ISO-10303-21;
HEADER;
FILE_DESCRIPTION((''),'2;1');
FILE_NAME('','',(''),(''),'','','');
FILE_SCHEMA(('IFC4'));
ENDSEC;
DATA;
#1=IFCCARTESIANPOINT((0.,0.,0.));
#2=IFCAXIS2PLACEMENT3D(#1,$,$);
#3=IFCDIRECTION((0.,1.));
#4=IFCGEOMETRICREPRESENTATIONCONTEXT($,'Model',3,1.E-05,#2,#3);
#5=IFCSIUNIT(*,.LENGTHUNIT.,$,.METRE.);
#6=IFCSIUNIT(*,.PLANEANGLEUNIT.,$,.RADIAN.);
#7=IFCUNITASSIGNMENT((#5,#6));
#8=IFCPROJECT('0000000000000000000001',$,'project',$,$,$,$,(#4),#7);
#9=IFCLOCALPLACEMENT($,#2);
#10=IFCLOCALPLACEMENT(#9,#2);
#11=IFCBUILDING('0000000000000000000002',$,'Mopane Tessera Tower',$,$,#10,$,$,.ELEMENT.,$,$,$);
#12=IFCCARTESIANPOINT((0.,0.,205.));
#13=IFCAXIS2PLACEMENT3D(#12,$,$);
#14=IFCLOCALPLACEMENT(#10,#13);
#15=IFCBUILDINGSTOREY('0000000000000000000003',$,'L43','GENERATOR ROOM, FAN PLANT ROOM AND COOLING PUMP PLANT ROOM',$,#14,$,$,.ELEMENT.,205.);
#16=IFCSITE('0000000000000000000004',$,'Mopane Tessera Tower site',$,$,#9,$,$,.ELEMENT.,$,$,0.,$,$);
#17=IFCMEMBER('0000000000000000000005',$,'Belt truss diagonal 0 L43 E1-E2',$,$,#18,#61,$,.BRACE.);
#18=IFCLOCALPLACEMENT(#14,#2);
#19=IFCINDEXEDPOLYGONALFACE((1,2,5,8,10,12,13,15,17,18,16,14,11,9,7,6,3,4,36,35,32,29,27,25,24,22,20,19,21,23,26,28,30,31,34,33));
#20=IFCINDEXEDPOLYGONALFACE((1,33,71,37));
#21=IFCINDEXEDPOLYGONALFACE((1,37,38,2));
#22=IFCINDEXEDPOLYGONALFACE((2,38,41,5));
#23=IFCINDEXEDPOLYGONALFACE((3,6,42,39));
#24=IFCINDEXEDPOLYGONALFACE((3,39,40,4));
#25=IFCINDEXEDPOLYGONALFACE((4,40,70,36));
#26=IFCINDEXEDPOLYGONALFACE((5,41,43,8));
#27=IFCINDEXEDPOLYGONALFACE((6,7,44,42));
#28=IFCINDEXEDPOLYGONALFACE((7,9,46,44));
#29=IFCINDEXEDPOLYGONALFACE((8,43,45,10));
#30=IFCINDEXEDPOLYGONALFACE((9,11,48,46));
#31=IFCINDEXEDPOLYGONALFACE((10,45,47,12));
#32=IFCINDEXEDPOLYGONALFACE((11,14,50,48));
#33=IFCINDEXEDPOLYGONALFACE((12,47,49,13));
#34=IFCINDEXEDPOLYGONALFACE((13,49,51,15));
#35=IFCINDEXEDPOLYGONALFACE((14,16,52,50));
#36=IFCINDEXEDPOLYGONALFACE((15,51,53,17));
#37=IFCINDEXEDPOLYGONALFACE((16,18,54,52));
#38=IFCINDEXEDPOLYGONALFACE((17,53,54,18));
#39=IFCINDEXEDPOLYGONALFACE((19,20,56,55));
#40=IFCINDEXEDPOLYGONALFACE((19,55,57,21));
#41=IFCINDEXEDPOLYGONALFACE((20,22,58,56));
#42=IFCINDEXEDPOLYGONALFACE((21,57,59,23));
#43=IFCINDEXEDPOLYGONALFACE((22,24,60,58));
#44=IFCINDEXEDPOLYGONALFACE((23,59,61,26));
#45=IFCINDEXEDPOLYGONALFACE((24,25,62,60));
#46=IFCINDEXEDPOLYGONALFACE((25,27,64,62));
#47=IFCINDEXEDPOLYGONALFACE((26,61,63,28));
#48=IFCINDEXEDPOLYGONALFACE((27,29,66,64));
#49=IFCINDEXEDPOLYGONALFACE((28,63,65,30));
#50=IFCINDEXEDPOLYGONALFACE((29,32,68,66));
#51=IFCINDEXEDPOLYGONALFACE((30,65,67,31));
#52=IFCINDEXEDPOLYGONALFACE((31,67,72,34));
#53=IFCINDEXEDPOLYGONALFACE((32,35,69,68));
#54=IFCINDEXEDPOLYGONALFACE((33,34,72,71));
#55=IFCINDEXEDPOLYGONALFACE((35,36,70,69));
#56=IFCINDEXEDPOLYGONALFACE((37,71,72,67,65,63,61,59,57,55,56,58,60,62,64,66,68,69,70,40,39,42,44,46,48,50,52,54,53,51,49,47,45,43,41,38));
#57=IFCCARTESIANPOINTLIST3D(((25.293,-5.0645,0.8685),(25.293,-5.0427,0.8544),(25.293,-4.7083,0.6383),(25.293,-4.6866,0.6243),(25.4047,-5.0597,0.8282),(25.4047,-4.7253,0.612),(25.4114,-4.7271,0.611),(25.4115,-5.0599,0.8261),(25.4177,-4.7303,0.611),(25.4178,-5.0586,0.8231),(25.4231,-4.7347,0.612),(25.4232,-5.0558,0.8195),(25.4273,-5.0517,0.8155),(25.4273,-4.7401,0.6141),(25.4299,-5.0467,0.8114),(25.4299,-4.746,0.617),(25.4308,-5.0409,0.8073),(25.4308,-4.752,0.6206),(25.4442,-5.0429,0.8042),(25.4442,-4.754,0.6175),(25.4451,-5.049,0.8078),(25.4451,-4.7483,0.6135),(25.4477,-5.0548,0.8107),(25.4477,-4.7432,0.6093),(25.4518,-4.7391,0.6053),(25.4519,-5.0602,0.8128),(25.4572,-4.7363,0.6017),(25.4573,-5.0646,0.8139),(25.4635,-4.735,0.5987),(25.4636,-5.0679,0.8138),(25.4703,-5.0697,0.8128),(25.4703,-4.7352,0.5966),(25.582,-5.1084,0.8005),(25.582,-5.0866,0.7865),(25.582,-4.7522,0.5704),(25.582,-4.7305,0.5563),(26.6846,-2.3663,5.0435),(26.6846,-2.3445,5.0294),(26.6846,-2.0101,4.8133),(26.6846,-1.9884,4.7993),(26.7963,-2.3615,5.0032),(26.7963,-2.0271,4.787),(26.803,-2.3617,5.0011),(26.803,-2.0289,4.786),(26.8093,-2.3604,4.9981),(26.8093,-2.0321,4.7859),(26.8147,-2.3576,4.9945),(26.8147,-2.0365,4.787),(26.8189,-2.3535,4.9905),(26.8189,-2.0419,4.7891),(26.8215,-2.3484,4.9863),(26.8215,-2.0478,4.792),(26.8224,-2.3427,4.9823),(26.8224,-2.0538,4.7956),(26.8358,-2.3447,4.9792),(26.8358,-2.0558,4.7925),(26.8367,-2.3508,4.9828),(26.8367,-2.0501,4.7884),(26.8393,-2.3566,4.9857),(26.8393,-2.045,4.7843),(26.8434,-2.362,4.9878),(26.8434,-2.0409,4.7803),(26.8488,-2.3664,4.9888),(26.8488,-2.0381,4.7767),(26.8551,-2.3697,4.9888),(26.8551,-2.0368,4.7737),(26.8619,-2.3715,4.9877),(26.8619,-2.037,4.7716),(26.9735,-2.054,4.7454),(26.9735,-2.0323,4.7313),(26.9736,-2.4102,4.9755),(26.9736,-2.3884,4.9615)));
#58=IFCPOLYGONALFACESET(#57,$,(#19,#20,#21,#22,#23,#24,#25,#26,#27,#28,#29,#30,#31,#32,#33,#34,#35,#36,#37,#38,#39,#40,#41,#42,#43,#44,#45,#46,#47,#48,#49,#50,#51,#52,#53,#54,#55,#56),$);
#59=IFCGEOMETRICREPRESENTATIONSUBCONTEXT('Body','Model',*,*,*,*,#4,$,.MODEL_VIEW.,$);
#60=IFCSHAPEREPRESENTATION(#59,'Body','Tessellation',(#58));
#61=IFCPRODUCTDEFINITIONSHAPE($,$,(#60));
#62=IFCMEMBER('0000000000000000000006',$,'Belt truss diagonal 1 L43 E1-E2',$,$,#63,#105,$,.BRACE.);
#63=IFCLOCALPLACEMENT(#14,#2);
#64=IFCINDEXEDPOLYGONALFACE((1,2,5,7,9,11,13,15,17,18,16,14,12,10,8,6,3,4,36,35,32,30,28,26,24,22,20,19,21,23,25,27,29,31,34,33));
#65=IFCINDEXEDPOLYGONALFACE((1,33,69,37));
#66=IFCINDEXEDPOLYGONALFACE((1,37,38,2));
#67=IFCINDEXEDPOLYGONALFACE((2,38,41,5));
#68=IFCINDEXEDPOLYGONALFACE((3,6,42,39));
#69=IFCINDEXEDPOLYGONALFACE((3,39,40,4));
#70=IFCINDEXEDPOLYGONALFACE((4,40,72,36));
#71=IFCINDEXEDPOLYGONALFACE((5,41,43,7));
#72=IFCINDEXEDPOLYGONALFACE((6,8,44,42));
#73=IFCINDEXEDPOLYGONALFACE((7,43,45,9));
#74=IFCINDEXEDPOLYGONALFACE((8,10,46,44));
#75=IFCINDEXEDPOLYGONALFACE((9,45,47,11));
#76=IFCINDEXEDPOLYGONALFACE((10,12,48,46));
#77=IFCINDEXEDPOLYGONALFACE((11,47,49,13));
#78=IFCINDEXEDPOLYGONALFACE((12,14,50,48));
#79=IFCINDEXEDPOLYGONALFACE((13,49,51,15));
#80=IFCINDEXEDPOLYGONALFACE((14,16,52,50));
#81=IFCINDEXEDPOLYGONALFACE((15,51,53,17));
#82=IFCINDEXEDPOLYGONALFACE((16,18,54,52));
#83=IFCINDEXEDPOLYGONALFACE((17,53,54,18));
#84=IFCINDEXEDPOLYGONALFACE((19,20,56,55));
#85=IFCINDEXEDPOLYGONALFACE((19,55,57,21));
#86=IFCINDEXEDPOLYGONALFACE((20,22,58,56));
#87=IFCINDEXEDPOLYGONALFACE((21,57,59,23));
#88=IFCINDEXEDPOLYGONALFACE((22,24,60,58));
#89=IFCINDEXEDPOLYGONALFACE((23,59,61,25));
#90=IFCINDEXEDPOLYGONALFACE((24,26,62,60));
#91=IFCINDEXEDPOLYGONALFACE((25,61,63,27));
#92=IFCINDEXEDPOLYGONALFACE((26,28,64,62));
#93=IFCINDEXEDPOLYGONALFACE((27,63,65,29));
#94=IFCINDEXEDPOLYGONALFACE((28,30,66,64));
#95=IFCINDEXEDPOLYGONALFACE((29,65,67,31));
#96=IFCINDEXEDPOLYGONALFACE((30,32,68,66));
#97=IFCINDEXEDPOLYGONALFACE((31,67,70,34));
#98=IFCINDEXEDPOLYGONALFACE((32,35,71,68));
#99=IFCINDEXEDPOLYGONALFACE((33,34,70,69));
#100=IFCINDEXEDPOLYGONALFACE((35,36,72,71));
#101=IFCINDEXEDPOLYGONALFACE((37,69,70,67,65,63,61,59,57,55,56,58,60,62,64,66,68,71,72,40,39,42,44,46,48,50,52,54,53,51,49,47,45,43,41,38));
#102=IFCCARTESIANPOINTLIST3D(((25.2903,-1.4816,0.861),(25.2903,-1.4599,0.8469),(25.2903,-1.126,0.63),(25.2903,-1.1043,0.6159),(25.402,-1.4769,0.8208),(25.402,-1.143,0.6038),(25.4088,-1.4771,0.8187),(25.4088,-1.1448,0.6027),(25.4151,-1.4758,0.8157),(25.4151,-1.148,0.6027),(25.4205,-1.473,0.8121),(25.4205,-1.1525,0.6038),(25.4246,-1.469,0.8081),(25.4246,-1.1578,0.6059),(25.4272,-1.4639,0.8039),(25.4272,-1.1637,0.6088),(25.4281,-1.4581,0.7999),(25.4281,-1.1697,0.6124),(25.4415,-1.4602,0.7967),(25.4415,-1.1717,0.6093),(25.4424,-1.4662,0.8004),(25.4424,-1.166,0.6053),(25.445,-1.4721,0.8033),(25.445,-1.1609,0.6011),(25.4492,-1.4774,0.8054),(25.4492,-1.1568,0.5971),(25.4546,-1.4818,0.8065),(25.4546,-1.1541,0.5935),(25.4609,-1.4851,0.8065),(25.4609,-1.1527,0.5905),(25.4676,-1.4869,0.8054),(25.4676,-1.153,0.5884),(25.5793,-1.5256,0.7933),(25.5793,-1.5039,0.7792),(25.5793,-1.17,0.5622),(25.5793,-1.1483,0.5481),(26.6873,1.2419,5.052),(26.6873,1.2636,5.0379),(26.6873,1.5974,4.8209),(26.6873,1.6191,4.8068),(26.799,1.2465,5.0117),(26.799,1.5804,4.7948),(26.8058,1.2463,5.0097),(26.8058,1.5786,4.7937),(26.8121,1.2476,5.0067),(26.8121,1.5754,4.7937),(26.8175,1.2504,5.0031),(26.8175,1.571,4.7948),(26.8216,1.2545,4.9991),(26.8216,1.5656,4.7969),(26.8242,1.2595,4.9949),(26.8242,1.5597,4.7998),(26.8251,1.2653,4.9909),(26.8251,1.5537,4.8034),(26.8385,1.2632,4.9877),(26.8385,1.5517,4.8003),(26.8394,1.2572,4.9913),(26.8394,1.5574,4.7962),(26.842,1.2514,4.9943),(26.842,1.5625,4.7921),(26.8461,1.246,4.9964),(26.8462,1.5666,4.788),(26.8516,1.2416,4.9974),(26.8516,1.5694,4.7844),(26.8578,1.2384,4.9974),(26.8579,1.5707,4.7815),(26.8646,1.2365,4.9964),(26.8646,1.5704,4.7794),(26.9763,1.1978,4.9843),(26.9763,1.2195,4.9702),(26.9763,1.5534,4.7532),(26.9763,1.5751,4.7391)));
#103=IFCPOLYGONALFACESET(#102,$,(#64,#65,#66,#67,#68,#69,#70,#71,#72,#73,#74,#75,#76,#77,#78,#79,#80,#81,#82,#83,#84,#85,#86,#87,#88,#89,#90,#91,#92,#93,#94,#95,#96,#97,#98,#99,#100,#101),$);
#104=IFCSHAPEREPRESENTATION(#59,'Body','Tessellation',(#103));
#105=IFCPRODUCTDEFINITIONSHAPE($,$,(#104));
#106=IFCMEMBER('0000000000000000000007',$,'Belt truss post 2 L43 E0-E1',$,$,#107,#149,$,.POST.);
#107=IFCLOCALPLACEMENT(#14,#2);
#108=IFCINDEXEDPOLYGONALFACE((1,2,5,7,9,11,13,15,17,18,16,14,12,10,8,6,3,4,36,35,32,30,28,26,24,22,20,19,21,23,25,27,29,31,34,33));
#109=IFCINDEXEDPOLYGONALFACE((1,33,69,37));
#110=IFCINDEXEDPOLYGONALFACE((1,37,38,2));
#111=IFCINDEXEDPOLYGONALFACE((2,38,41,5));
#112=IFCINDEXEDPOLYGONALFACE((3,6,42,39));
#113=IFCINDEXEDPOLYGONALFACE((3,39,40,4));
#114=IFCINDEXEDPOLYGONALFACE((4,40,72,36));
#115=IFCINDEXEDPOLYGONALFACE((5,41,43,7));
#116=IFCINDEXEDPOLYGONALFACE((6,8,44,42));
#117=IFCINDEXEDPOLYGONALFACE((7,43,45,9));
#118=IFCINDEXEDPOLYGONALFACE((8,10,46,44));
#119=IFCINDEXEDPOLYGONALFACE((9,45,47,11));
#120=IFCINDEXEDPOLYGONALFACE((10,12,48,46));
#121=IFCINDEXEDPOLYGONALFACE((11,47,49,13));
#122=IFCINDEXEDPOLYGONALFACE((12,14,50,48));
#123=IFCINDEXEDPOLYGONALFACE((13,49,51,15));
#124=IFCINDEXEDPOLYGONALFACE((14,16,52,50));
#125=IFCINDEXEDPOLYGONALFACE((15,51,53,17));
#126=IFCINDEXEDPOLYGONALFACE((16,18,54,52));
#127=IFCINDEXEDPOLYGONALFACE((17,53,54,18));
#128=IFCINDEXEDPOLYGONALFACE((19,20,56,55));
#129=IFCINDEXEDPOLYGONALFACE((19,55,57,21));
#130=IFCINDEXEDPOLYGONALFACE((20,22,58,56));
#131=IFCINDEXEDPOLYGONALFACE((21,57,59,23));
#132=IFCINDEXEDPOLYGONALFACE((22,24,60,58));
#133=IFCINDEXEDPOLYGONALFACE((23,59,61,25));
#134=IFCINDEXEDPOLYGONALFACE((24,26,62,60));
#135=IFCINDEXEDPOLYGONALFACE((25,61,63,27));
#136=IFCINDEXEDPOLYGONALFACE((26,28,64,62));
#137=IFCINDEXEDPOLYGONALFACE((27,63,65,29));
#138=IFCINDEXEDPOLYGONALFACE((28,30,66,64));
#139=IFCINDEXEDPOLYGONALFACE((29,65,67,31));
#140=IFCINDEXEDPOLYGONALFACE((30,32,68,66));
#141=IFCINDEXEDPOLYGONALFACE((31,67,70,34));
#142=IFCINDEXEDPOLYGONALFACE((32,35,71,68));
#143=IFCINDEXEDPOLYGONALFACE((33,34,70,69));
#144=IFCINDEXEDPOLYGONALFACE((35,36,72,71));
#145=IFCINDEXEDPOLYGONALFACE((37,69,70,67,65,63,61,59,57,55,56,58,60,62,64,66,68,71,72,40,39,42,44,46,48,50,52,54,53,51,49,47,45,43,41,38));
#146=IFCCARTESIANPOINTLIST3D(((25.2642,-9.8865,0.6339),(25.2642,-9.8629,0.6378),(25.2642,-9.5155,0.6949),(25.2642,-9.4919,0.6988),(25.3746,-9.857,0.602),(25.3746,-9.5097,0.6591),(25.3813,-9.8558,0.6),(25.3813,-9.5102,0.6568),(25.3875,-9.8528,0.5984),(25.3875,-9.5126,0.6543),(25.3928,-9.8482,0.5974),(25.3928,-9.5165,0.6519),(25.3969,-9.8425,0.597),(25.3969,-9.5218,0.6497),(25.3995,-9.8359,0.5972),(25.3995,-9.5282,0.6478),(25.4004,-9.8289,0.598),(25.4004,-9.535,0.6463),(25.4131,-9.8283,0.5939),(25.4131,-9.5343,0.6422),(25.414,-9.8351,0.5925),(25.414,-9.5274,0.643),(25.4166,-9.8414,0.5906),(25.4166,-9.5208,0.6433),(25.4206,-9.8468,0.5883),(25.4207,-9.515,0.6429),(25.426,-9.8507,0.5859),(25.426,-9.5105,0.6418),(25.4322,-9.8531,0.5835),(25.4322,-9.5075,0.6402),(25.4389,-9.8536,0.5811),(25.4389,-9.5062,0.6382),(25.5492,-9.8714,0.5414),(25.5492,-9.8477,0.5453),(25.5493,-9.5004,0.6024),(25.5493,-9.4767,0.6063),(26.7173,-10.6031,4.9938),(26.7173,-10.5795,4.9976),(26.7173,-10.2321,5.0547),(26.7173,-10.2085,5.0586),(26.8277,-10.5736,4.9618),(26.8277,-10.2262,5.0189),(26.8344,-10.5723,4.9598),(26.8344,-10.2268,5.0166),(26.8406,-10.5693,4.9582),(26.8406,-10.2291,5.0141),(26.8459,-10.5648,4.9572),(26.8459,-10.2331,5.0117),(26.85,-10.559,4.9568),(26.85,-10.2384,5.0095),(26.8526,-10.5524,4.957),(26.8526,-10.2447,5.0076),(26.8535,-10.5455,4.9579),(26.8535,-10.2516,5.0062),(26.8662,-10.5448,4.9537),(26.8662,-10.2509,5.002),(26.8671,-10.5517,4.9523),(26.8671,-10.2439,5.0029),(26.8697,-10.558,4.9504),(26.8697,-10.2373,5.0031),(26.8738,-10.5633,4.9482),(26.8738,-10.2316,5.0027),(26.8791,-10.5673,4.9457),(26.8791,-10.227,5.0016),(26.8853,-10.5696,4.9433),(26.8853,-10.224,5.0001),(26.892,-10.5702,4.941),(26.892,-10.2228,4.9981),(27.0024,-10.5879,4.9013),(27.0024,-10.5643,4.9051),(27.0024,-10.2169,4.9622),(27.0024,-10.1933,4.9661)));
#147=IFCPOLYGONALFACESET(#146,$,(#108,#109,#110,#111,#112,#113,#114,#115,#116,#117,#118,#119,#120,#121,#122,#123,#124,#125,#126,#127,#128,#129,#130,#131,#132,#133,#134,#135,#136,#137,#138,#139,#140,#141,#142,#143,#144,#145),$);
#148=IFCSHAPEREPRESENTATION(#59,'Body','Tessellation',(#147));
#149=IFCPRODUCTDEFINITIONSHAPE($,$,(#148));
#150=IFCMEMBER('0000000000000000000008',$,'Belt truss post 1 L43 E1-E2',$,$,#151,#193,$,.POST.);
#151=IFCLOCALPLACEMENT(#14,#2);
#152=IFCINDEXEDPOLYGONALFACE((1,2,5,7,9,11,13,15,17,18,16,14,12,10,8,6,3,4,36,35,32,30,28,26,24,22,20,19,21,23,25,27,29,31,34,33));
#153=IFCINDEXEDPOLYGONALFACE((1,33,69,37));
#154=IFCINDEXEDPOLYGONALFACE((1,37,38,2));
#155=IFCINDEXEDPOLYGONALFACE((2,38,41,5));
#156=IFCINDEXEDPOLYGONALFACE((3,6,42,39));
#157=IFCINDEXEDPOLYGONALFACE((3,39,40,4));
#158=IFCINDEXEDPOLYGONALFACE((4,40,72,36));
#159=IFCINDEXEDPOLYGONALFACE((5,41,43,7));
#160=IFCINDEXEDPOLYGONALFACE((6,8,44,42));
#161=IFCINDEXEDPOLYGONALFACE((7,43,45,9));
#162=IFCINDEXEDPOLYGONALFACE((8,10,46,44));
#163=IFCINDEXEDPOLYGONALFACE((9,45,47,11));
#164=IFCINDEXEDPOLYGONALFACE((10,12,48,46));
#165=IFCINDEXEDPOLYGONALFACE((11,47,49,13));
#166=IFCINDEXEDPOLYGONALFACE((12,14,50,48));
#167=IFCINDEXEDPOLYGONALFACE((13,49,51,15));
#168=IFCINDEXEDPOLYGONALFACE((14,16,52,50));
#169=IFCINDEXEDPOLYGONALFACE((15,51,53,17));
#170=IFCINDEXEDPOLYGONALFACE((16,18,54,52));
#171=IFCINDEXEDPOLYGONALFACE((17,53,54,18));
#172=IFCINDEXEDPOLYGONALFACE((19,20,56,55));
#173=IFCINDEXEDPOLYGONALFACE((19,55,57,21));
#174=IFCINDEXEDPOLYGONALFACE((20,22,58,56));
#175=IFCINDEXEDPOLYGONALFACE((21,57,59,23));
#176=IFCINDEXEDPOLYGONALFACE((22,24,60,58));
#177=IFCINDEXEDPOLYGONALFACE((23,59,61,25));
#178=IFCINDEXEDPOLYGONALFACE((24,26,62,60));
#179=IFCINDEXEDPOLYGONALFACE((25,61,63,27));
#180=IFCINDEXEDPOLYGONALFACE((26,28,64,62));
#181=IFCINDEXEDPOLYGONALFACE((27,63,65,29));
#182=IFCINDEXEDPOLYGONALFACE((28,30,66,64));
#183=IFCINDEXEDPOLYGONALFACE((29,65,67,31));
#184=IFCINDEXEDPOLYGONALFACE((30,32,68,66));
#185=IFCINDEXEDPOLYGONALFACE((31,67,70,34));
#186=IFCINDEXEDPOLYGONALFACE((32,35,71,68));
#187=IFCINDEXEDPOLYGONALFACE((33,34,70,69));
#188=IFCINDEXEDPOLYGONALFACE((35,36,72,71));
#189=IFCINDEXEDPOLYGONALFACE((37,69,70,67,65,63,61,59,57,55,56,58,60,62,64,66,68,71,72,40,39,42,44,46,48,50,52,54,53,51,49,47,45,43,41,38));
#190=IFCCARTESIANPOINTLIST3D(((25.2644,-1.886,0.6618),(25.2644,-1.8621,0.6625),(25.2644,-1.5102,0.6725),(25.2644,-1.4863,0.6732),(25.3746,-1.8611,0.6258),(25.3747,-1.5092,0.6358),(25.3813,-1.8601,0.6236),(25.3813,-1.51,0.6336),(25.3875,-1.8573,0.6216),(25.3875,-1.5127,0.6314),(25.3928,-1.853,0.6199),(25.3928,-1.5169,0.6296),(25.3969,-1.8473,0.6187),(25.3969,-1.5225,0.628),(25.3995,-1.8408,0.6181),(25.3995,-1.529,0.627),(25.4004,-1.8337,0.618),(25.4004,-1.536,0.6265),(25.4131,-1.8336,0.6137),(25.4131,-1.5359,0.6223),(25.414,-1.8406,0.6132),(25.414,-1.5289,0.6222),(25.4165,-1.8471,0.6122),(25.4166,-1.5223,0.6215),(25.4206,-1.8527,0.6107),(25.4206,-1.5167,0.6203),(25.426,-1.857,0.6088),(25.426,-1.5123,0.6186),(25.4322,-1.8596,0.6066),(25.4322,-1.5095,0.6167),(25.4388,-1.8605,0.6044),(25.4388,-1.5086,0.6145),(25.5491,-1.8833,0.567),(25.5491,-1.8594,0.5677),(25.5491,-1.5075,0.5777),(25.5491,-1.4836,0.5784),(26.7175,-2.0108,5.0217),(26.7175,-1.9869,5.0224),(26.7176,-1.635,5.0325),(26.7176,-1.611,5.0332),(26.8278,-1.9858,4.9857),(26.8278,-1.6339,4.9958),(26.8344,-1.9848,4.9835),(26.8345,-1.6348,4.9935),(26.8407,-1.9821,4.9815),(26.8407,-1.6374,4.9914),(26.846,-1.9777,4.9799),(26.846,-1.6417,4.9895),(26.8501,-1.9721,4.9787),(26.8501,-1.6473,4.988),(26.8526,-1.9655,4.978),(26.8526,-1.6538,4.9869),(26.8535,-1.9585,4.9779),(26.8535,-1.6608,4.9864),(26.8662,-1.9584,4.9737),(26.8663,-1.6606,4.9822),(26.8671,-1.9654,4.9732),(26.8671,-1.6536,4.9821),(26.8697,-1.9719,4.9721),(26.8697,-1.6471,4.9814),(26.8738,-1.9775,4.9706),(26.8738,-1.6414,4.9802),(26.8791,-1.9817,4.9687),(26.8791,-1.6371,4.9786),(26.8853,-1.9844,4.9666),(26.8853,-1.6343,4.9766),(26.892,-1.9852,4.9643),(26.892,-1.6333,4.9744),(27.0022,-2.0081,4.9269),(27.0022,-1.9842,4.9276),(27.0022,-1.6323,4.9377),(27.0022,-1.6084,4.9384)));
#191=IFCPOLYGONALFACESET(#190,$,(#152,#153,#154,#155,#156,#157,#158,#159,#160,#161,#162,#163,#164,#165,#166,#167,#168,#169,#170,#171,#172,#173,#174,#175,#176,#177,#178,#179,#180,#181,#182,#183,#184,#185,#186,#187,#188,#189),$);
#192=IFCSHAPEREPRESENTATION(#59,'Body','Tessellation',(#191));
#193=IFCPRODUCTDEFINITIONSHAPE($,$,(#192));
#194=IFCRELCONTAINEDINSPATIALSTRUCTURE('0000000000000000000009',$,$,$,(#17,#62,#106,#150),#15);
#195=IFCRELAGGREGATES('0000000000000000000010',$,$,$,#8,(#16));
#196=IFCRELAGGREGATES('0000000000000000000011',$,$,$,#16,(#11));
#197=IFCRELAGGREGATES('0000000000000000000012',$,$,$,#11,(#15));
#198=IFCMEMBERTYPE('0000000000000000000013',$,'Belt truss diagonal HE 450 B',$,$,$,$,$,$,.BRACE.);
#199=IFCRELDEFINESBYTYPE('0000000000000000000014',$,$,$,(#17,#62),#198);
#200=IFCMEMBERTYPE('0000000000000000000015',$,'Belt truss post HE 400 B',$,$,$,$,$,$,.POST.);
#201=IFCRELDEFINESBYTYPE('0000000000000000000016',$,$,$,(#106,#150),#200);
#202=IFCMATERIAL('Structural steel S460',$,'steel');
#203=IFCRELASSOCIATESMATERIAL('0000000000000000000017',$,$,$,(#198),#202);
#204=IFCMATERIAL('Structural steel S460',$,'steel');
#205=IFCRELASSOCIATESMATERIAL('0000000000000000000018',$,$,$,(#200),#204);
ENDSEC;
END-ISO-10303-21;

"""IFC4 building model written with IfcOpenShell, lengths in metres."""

from ifc_helpers import new_model, si_unit, direction, frame, origin, origin_2d, place, context, subcontext, project, spatial, i_section, extrude, material, material_profile, profile_set, type_object, element, save


model = new_model("IFC4")

# Units and contexts
model_context = context("Model", 3, precision=1e-05, world=origin(), true_north=direction((0.0, 1.0)))
body_context = subcontext(model_context, "Body", "Model", "MODEL_VIEW")
ifc_project = project(units=[si_unit("LENGTHUNIT", "METRE"), si_unit("PLANEANGLEUNIT", "RADIAN")], contexts=[model_context])

# Site, building, storey
site_placement = place(None, origin())
site = spatial("IfcSite", under=ifc_project, at=site_placement, Name="Mopane Tessera Tower site", CompositionType="ELEMENT", RefElevation=0.0)
building_placement = place(site_placement, origin())
building = spatial("IfcBuilding", under=site, at=building_placement, Name="Mopane Tessera Tower", CompositionType="ELEMENT")
storey_placement = place(building_placement, frame((0.0, 0.0, 205.0)))
storey = spatial("IfcBuildingStorey", under=building, at=storey_placement, Name="L43", Description="GENERATOR ROOM, FAN PLANT ROOM AND COOLING PUMP PLANT ROOM", CompositionType="ELEMENT", Elevation=205.0)

# Members
ifc_material_1 = material(Name="Structural steel S460", Category="steel")
ifc_material_profile_1 = material_profile(ifc_material_1, i_section(OverallWidth=0.3, OverallDepth=0.45, WebThickness=0.0139, FlangeThickness=0.0259, FilletRadius=0.0271, at=origin_2d()))
ifc_profile_set_1 = profile_set([ifc_material_profile_1], Name="Structural steel S460")
member_type_1 = type_object("IfcMemberType", Name="Belt truss diagonal HE 450 B", PredefinedType="BRACE", material=ifc_profile_set_1)
member_1_placement = place(storey_placement, frame((25.4375, -4.8975, 0.7124), z_axis=(0.269576, 0.522694, 0.808776), x_axis=(-0.962979, 0.146287, 0.226432)))
element("IfcMember", 1, at=member_1_placement, inside=storey, type_object=member_type_1, Name="Belt truss diagonal 0 L43 E1-E2", PredefinedType="BRACE", context=body_context, shape_type="SweptSolid", body=[
    extrude(i_section(OverallWidth=0.3, OverallDepth=0.45, WebThickness=0.0139, FlangeThickness=0.0259, FilletRadius=0.0271, at=origin_2d()), origin(), (0.0, 0.0, 1.0), 5.1621),
])
member_2_placement = place(storey_placement, frame((25.4348, -1.3149, 0.7046), z_axis=(0.269186, 0.524776, 0.807558), x_axis=(-0.963088, 0.146692, 0.225704)))
element("IfcMember", 2, at=member_2_placement, inside=storey, type_object=member_type_1, Name="Belt truss diagonal 1 L43 E1-E2", PredefinedType="BRACE", context=body_context, shape_type="SweptSolid", body=[
    extrude(i_section(OverallWidth=0.3, OverallDepth=0.45, WebThickness=0.0139, FlangeThickness=0.0259, FilletRadius=0.0271, at=origin_2d()), origin(), (0.0, 0.0, 1.0), 5.1897),
])
ifc_material_2 = material(Name="Structural steel S460", Category="steel")
ifc_material_profile_2 = material_profile(ifc_material_2, i_section(OverallWidth=0.3, OverallDepth=0.3999, WebThickness=0.0134, FlangeThickness=0.0239, FilletRadius=0.0271, at=origin_2d()))
ifc_profile_set_2 = profile_set([ifc_material_profile_2], Name="Structural steel S460")
member_type_2 = type_object("IfcMemberType", Name="Belt truss post HE 400 B", PredefinedType="POST", material=ifc_profile_set_2)
member_3_placement = place(storey_placement, frame((25.4067, -9.6816, 0.6201), z_axis=(0.312421, -0.154058, 0.937368), x_axis=(-0.949944, -0.050617, 0.308293)))
element("IfcMember", 3, at=member_3_placement, inside=storey, type_object=member_type_2, Name="Belt truss post 2 L43 E0-E1", PredefinedType="POST", context=body_context, shape_type="SweptSolid", body=[
    extrude(i_section(OverallWidth=0.3, OverallDepth=0.3999, WebThickness=0.0134, FlangeThickness=0.0239, FilletRadius=0.0271, at=origin_2d()), origin(), (0.0, 0.0, 1.0), 4.6511),
])
member_4_placement = place(storey_placement, frame((25.4067, -1.6848, 0.6201), z_axis=(0.316079, -0.027137, 0.948345), x_axis=(-0.948733, -0.00898, 0.315952)))
element("IfcMember", 4, at=member_4_placement, inside=storey, type_object=member_type_2, Name="Belt truss post 1 L43 E1-E2", PredefinedType="POST", context=body_context, shape_type="SweptSolid", body=[
    extrude(i_section(OverallWidth=0.3, OverallDepth=0.3999, WebThickness=0.0134, FlangeThickness=0.0239, FilletRadius=0.0271, at=origin_2d()), origin(), (0.0, 0.0, 1.0), 4.5974),
])

save(model, "model.ifc")
